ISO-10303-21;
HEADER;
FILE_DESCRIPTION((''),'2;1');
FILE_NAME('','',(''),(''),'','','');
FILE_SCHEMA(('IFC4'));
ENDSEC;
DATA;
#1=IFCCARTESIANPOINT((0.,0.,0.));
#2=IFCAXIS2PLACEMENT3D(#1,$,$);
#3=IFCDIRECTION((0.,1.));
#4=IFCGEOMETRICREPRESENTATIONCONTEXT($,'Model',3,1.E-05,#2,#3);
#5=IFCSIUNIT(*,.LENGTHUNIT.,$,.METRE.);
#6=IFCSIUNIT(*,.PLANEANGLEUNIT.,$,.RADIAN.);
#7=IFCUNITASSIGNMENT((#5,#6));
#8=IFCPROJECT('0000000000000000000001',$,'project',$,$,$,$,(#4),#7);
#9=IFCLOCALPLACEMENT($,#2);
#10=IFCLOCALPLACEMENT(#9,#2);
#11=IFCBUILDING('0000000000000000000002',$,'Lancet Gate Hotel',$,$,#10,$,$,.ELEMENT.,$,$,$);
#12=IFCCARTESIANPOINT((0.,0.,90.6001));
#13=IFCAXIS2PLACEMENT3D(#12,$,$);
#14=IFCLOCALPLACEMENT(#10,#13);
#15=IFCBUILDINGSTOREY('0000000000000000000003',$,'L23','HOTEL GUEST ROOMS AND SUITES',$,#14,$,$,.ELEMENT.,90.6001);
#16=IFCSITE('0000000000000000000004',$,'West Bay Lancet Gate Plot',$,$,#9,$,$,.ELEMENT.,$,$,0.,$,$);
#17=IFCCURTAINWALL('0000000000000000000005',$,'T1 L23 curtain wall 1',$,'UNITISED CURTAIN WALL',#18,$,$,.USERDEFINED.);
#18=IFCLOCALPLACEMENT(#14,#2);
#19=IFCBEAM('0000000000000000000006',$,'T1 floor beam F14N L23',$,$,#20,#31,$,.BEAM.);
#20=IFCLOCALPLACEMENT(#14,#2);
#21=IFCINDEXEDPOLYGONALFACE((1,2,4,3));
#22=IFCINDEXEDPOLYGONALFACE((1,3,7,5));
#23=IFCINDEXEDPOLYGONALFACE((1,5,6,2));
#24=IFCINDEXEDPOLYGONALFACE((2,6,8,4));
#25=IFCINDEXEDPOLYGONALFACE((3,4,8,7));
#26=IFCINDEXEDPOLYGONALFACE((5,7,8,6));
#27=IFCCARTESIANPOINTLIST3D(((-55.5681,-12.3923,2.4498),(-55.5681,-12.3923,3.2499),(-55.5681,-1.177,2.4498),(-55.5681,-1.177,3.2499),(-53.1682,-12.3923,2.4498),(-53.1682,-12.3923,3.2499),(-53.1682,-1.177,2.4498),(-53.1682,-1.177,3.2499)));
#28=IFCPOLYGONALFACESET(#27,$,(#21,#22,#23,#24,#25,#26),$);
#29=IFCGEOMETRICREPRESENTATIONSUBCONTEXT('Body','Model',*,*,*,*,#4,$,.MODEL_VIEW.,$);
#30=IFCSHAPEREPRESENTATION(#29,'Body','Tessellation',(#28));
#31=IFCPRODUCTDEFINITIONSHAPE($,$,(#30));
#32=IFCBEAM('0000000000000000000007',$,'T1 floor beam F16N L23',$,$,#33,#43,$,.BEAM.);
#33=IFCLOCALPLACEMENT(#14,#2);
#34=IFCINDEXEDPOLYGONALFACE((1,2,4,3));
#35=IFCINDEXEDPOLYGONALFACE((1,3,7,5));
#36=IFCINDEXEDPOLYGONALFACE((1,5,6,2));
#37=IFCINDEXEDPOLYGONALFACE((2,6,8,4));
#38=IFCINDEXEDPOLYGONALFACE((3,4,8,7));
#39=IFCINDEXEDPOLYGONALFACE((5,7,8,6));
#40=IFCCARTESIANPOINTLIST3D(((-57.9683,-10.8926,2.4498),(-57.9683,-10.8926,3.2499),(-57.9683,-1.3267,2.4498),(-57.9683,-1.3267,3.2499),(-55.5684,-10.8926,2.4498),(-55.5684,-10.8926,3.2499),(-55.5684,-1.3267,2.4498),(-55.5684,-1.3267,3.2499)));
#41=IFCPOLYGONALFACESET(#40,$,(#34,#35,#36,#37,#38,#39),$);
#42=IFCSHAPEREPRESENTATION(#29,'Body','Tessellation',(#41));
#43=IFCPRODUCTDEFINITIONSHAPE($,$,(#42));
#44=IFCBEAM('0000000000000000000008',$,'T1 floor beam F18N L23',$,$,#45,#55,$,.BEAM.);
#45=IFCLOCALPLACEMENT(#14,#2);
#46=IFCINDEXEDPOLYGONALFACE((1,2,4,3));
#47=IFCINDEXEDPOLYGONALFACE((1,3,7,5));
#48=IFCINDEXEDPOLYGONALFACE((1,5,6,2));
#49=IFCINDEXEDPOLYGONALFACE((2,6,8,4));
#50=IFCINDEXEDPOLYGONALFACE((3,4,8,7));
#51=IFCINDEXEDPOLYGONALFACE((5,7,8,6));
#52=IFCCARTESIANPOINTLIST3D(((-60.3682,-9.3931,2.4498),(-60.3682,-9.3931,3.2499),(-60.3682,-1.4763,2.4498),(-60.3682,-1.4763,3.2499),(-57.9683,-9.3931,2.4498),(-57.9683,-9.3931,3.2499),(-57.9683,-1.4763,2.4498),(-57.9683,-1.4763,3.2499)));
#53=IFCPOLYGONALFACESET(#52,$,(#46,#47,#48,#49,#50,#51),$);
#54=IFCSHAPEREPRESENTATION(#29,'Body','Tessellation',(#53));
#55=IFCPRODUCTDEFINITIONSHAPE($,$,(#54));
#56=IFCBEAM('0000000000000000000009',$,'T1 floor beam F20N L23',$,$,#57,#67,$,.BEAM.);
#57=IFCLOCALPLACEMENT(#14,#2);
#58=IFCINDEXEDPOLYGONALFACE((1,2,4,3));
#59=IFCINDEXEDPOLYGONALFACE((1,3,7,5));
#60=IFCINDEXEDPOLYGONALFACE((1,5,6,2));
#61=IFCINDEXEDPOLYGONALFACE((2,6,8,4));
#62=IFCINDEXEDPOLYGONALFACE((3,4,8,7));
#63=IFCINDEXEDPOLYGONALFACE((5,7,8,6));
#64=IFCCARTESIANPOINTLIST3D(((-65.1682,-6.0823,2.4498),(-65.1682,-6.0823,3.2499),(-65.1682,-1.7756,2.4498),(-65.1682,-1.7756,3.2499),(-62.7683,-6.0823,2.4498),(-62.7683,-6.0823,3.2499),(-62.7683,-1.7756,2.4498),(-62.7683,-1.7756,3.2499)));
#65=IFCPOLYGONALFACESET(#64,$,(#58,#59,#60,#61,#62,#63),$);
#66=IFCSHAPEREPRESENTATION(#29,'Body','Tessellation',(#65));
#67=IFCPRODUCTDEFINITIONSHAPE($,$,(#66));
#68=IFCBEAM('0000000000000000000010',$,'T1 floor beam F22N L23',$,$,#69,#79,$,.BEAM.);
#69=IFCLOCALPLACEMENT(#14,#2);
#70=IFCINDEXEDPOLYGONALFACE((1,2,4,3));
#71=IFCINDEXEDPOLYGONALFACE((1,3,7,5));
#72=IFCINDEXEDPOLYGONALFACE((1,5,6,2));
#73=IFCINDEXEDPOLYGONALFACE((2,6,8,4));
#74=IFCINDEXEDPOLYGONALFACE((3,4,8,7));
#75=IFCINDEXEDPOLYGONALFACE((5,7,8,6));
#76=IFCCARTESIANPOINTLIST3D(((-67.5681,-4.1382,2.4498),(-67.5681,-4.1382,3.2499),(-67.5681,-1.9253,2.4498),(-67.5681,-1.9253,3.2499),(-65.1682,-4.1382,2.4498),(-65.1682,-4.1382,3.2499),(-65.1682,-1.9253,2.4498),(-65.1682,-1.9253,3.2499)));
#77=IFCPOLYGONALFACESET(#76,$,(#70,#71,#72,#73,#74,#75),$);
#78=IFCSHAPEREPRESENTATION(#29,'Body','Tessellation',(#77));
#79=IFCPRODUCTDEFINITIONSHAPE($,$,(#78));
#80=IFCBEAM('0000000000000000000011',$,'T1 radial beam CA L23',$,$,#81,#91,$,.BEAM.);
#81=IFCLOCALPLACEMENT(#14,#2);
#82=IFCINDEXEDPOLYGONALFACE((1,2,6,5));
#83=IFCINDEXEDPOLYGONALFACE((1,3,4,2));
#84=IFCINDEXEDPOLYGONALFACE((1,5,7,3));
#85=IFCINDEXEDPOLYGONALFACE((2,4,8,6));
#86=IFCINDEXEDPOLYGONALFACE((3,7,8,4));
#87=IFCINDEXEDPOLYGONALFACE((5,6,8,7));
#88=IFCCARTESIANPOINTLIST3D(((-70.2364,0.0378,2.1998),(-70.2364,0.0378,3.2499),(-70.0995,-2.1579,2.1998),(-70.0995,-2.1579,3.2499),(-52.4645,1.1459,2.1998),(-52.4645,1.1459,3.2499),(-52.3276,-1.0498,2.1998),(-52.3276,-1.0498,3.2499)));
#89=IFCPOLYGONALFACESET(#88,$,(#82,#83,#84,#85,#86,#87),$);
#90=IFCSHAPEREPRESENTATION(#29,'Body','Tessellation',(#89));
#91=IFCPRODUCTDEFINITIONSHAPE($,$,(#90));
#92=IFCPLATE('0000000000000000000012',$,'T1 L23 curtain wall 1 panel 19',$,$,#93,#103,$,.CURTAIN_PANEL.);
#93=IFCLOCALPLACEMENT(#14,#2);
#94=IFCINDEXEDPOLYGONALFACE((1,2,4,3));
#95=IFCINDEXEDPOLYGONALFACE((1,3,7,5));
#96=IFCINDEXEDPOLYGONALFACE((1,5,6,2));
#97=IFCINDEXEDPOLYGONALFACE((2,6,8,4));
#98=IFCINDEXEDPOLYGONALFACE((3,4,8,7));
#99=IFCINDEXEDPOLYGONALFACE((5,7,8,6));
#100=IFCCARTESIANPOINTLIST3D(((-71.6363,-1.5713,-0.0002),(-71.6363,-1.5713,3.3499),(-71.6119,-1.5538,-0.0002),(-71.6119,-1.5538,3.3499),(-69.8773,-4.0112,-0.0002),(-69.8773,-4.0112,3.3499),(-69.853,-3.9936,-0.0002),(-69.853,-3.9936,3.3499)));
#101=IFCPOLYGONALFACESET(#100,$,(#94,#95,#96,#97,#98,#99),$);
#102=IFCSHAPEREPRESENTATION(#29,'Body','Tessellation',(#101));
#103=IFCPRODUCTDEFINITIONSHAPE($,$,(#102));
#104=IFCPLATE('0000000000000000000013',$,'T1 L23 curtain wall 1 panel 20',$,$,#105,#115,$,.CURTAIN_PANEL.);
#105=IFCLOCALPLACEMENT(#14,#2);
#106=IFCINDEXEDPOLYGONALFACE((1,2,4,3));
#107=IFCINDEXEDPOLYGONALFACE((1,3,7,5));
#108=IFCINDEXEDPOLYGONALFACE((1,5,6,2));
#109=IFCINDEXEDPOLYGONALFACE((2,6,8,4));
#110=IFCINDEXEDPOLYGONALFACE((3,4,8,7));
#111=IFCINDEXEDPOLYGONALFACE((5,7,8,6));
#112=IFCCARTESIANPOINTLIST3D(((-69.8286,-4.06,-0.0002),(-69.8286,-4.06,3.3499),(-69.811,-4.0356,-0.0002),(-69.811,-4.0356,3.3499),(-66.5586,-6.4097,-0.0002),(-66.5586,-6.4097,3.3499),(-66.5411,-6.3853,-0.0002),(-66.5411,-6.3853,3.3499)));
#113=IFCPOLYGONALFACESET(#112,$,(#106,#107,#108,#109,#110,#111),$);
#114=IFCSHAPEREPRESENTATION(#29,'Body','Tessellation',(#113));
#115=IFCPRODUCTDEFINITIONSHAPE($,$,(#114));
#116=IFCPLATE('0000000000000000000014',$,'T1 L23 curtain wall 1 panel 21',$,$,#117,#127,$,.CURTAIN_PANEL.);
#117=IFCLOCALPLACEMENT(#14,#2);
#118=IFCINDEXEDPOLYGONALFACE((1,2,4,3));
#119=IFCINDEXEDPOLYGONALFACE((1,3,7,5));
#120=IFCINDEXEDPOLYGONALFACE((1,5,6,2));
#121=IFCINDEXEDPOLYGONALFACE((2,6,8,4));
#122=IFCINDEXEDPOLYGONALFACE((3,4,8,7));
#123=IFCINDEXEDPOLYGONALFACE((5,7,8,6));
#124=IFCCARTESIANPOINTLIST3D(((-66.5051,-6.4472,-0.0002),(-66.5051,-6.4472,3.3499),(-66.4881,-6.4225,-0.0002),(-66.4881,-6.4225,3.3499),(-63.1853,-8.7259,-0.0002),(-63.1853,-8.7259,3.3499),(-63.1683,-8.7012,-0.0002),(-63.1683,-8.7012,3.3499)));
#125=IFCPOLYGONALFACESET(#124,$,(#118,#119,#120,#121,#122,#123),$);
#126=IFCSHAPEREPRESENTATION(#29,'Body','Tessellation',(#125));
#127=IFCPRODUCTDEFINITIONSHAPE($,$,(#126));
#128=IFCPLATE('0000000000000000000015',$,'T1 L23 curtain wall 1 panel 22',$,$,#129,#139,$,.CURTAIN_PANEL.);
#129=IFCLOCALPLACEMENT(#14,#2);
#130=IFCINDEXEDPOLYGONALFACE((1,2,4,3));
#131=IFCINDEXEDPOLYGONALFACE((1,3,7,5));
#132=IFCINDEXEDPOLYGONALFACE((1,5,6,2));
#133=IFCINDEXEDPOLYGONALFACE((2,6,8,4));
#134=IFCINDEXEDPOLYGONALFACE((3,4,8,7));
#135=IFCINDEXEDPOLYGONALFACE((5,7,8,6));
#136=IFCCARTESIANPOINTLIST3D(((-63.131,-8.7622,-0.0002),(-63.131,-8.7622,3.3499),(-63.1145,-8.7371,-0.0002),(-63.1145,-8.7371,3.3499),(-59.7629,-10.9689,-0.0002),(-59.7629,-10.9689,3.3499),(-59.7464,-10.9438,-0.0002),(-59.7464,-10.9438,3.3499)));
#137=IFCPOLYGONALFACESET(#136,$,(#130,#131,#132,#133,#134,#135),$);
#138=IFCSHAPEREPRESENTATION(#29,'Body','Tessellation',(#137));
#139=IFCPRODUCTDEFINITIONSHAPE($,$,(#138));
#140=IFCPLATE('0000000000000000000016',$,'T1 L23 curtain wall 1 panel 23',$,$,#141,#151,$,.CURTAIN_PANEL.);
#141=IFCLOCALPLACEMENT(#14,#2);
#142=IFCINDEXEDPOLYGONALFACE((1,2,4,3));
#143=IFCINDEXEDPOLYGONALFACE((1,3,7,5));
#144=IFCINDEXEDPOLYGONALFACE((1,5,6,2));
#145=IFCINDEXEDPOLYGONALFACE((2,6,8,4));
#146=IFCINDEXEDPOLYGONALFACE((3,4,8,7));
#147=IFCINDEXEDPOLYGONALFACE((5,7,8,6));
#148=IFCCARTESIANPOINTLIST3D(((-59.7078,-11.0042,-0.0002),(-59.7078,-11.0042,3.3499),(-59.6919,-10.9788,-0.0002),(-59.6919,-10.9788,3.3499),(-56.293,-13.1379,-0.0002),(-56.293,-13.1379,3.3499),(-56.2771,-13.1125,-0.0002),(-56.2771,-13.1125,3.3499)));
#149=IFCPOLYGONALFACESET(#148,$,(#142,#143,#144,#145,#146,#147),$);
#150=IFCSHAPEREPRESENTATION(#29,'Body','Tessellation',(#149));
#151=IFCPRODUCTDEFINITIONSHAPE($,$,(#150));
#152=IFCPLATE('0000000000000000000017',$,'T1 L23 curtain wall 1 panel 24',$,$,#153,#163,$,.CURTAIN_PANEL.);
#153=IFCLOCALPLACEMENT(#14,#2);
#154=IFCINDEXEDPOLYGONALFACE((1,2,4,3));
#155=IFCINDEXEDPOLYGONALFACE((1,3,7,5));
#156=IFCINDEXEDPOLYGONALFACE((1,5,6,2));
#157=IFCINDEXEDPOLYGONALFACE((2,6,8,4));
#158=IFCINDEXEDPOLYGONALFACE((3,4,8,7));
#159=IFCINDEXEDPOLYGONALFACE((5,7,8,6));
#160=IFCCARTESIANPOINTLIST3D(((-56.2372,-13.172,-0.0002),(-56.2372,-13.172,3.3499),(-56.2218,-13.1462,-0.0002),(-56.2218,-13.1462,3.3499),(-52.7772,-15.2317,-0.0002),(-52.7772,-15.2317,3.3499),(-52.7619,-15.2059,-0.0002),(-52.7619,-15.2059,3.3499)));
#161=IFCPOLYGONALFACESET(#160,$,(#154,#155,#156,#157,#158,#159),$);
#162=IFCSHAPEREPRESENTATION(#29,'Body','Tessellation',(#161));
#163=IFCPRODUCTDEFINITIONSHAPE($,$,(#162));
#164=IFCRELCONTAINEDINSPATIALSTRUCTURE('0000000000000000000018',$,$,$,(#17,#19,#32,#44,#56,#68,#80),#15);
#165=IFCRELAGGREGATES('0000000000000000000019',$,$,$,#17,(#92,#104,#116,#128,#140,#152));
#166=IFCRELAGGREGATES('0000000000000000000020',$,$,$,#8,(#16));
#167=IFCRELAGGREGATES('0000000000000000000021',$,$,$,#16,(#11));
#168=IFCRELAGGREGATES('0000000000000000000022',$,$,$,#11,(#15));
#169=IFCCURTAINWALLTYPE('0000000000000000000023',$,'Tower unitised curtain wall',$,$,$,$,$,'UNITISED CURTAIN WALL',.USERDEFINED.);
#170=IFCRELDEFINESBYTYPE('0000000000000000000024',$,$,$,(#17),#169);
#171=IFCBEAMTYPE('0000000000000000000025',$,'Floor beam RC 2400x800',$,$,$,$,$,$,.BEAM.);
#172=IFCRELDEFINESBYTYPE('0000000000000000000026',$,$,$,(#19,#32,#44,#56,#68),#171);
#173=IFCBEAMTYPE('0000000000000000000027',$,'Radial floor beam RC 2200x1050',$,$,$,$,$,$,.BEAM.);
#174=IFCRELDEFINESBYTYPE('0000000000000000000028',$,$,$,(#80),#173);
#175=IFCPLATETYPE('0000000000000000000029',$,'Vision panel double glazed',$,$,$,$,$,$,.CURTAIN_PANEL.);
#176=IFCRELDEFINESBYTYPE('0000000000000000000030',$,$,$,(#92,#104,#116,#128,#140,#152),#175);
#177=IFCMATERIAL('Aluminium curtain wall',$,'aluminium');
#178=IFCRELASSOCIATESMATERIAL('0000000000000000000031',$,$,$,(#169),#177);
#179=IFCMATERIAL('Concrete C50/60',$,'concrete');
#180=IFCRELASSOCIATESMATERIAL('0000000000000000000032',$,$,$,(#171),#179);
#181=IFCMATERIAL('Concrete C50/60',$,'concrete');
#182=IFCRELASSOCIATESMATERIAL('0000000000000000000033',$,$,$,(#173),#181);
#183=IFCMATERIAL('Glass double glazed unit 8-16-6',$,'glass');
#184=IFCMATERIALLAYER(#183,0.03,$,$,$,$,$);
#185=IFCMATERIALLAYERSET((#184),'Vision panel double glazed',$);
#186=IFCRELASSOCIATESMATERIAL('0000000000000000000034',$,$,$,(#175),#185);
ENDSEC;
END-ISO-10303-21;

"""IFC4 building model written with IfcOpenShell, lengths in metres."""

from ifc_helpers import new_model, si_unit, direction, frame, origin, origin_2d, place, context, subcontext, project, spatial, rectangle, extrude, material, layer, layer_set, material_profile, profile_set, type_object, element, aggregate, save


model = new_model("IFC4")

# Units and contexts
model_context = context("Model", 3, precision=1e-05, world=origin(), true_north=direction((0.0, 1.0)))
body_context = subcontext(model_context, "Body", "Model", "MODEL_VIEW")
ifc_project = project(units=[si_unit("LENGTHUNIT", "METRE"), si_unit("PLANEANGLEUNIT", "RADIAN")], contexts=[model_context])

# Site, building, storey
site_placement = place(None, origin())
site = spatial("IfcSite", under=ifc_project, at=site_placement, Name="West Bay Lancet Gate Plot", CompositionType="ELEMENT", RefElevation=0.0)
building_placement = place(site_placement, origin())
building = spatial("IfcBuilding", under=site, at=building_placement, Name="Lancet Gate Hotel", CompositionType="ELEMENT")
storey_placement = place(building_placement, frame((0.0, 0.0, 90.6001)))
storey = spatial("IfcBuildingStorey", under=building, at=storey_placement, Name="L23", Description="HOTEL GUEST ROOMS AND SUITES", CompositionType="ELEMENT", Elevation=90.6001)

# Curtain wall
ifc_material_1 = material(Name="Aluminium curtain wall", Category="aluminium")
curtain_wall_type = type_object("IfcCurtainWallType", Name="Tower unitised curtain wall", ElementType="UNITISED CURTAIN WALL", PredefinedType="USERDEFINED", material=ifc_material_1)
curtain_wall_placement = place(storey_placement, origin())
curtain_wall = element("IfcCurtainWall", 1, at=curtain_wall_placement, inside=storey, type_object=curtain_wall_type, Name="T1 L23 curtain wall 1", ObjectType="UNITISED CURTAIN WALL", PredefinedType="USERDEFINED")

# Beams
ifc_material_2 = material(Name="Concrete C50/60", Category="concrete")
ifc_material_profile_1 = material_profile(ifc_material_2, rectangle(XDim=2.3999, YDim=0.8, at=origin_2d()), Name="RC 2400x800")
ifc_profile_set_1 = profile_set([ifc_material_profile_1], Name="Concrete C50/60")
beam_type_1 = type_object("IfcBeamType", Name="Floor beam RC 2400x800", PredefinedType="BEAM", material=ifc_profile_set_1)
beam_1_placement = place(storey_placement, frame((-54.3682, -1.177, 2.8499), z_axis=(0.0, -1.0, 0.0), x_axis=(1.0, 0.0, 0.0)))
element("IfcBeam", 2, at=beam_1_placement, inside=storey, type_object=beam_type_1, Name="T1 floor beam F14N L23", PredefinedType="BEAM", context=body_context, shape_type="SweptSolid", body=[
    extrude(rectangle(XDim=2.3999, YDim=0.8, at=origin_2d()), origin(), (0.0, 0.0, 1.0), 11.2153),
])
beam_2_placement = place(storey_placement, frame((-56.7683, -1.3267, 2.8499), z_axis=(0.0, -1.0, 0.0), x_axis=(1.0, 0.0, 0.0)))
element("IfcBeam", 3, at=beam_2_placement, inside=storey, type_object=beam_type_1, Name="T1 floor beam F16N L23", PredefinedType="BEAM", context=body_context, shape_type="SweptSolid", body=[
    extrude(rectangle(XDim=2.3999, YDim=0.8, at=origin_2d()), origin(), (0.0, 0.0, 1.0), 9.5659),
])
beam_3_placement = place(storey_placement, frame((-59.1682, -1.4763, 2.8499), z_axis=(0.0, -1.0, 0.0), x_axis=(1.0, 0.0, 0.0)))
element("IfcBeam", 4, at=beam_3_placement, inside=storey, type_object=beam_type_1, Name="T1 floor beam F18N L23", PredefinedType="BEAM", context=body_context, shape_type="SweptSolid", body=[
    extrude(rectangle(XDim=2.3999, YDim=0.8, at=origin_2d()), origin(), (0.0, 0.0, 1.0), 7.9167),
])
beam_4_placement = place(storey_placement, frame((-63.9683, -1.7756, 2.8499), z_axis=(0.0, -1.0, 0.0), x_axis=(1.0, 0.0, 0.0)))
element("IfcBeam", 5, at=beam_4_placement, inside=storey, type_object=beam_type_1, Name="T1 floor beam F20N L23", PredefinedType="BEAM", context=body_context, shape_type="SweptSolid", body=[
    extrude(rectangle(XDim=2.3999, YDim=0.8, at=origin_2d()), origin(), (0.0, 0.0, 1.0), 4.3066),
])
beam_5_placement = place(storey_placement, frame((-66.3682, -1.9253, 2.8499), z_axis=(0.0, -1.0, 0.0), x_axis=(1.0, 0.0, 0.0)))
element("IfcBeam", 6, at=beam_5_placement, inside=storey, type_object=beam_type_1, Name="T1 floor beam F22N L23", PredefinedType="BEAM", context=body_context, shape_type="SweptSolid", body=[
    extrude(rectangle(XDim=2.3999, YDim=0.8, at=origin_2d()), origin(), (0.0, 0.0, 1.0), 2.2129),
])
ifc_material_3 = material(Name="Concrete C50/60", Category="concrete")
ifc_material_profile_2 = material_profile(ifc_material_3, rectangle(XDim=2.2, YDim=1.05, at=origin_2d()), Name="RC 2200x1050")
ifc_profile_set_2 = profile_set([ifc_material_profile_2], Name="Concrete C50/60")
beam_type_2 = type_object("IfcBeamType", Name="Radial floor beam RC 2200x1050", PredefinedType="BEAM", material=ifc_profile_set_2)
beam_6_placement = place(storey_placement, frame((-70.168, -1.0601, 2.7249), z_axis=(0.998062, 0.062233, 0.0), x_axis=(-0.062233, 0.998062, 0.0)))
element("IfcBeam", 7, at=beam_6_placement, inside=storey, type_object=beam_type_2, Name="T1 radial beam CA L23", PredefinedType="BEAM", context=body_context, shape_type="SweptSolid", body=[
    extrude(rectangle(XDim=2.2, YDim=1.05, at=origin_2d()), origin(), (0.0, 0.0, 1.0), 17.8064),
])

# Plates
ifc_material_4 = material(Name="Glass double glazed unit 8-16-6", Category="glass")
ifc_layer = layer(ifc_material_4, 0.03)
ifc_layer_set = layer_set([ifc_layer], Name="Vision panel double glazed")
plate_type = type_object("IfcPlateType", Name="Vision panel double glazed", PredefinedType="CURTAIN_PANEL", material=ifc_layer_set)
plate_1_placement = place(storey_placement, frame((-70.7446, -2.7825, -0.0002), z_axis=(0.0, 0.0, 1.0), x_axis=(0.584809, -0.811171, 0.0)))
plate_1 = element("IfcPlate", 8, at=plate_1_placement, type_object=plate_type, Name="T1 L23 curtain wall 1 panel 19", PredefinedType="CURTAIN_PANEL", context=body_context, shape_type="SweptSolid", body=[
    extrude(rectangle(XDim=3.0078, YDim=0.03, at=origin_2d()), origin(), (0.0, 0.0, 1.0), 3.3501),
])
plate_2_placement = place(storey_placement, frame((-68.1848, -5.2227, -0.0002), z_axis=(0.0, 0.0, 1.0), x_axis=(0.812093, -0.583528, 0.0)))
plate_2 = element("IfcPlate", 9, at=plate_2_placement, type_object=plate_type, Name="T1 L23 curtain wall 1 panel 20", PredefinedType="CURTAIN_PANEL", context=body_context, shape_type="SweptSolid", body=[
    extrude(rectangle(XDim=4.0266, YDim=0.03, at=origin_2d()), origin(), (0.0, 0.0, 1.0), 3.3501),
])
plate_3_placement = place(storey_placement, frame((-64.8367, -7.5742, -0.0002), z_axis=(0.0, 0.0, 1.0), x_axis=(0.824466, -0.565911, 0.0)))
plate_3 = element("IfcPlate", 10, at=plate_3_placement, type_object=plate_type, Name="T1 L23 curtain wall 1 panel 21", PredefinedType="CURTAIN_PANEL", context=body_context, shape_type="SweptSolid", body=[
    extrude(rectangle(XDim=4.0266, YDim=0.03, at=origin_2d()), origin(), (0.0, 0.0, 1.0), 3.3501),
])
plate_4_placement = place(storey_placement, frame((-61.4387, -9.853, -0.0002), z_axis=(0.0, 0.0, 1.0), x_axis=(0.836458, -0.548032, 0.0)))
plate_4 = element("IfcPlate", 11, at=plate_4_placement, type_object=plate_type, Name="T1 L23 curtain wall 1 panel 22", PredefinedType="CURTAIN_PANEL", context=body_context, shape_type="SweptSolid", body=[
    extrude(rectangle(XDim=4.0266, YDim=0.03, at=origin_2d()), origin(), (0.0, 0.0, 1.0), 3.3501),
])
plate_5_placement = place(storey_placement, frame((-57.9924, -12.0583, -0.0002), z_axis=(0.0, 0.0, 1.0), x_axis=(0.848061, -0.529899, 0.0)))
plate_5 = element("IfcPlate", 12, at=plate_5_placement, type_object=plate_type, Name="T1 L23 curtain wall 1 panel 23", PredefinedType="CURTAIN_PANEL", context=body_context, shape_type="SweptSolid", body=[
    extrude(rectangle(XDim=4.0266, YDim=0.03, at=origin_2d()), origin(), (0.0, 0.0, 1.0), 3.3501),
])
plate_6_placement = place(storey_placement, frame((-54.4995, -14.189, -0.0002), z_axis=(0.0, 0.0, 1.0), x_axis=(0.859271, -0.51152, 0.0)))
plate_6 = element("IfcPlate", 13, at=plate_6_placement, type_object=plate_type, Name="T1 L23 curtain wall 1 panel 24", PredefinedType="CURTAIN_PANEL", context=body_context, shape_type="SweptSolid", body=[
    extrude(rectangle(XDim=4.0266, YDim=0.03, at=origin_2d()), origin(), (0.0, 0.0, 1.0), 3.3501),
])
aggregate(curtain_wall, [plate_1, plate_2, plate_3, plate_4, plate_5, plate_6])

save(model, "model.ifc")
